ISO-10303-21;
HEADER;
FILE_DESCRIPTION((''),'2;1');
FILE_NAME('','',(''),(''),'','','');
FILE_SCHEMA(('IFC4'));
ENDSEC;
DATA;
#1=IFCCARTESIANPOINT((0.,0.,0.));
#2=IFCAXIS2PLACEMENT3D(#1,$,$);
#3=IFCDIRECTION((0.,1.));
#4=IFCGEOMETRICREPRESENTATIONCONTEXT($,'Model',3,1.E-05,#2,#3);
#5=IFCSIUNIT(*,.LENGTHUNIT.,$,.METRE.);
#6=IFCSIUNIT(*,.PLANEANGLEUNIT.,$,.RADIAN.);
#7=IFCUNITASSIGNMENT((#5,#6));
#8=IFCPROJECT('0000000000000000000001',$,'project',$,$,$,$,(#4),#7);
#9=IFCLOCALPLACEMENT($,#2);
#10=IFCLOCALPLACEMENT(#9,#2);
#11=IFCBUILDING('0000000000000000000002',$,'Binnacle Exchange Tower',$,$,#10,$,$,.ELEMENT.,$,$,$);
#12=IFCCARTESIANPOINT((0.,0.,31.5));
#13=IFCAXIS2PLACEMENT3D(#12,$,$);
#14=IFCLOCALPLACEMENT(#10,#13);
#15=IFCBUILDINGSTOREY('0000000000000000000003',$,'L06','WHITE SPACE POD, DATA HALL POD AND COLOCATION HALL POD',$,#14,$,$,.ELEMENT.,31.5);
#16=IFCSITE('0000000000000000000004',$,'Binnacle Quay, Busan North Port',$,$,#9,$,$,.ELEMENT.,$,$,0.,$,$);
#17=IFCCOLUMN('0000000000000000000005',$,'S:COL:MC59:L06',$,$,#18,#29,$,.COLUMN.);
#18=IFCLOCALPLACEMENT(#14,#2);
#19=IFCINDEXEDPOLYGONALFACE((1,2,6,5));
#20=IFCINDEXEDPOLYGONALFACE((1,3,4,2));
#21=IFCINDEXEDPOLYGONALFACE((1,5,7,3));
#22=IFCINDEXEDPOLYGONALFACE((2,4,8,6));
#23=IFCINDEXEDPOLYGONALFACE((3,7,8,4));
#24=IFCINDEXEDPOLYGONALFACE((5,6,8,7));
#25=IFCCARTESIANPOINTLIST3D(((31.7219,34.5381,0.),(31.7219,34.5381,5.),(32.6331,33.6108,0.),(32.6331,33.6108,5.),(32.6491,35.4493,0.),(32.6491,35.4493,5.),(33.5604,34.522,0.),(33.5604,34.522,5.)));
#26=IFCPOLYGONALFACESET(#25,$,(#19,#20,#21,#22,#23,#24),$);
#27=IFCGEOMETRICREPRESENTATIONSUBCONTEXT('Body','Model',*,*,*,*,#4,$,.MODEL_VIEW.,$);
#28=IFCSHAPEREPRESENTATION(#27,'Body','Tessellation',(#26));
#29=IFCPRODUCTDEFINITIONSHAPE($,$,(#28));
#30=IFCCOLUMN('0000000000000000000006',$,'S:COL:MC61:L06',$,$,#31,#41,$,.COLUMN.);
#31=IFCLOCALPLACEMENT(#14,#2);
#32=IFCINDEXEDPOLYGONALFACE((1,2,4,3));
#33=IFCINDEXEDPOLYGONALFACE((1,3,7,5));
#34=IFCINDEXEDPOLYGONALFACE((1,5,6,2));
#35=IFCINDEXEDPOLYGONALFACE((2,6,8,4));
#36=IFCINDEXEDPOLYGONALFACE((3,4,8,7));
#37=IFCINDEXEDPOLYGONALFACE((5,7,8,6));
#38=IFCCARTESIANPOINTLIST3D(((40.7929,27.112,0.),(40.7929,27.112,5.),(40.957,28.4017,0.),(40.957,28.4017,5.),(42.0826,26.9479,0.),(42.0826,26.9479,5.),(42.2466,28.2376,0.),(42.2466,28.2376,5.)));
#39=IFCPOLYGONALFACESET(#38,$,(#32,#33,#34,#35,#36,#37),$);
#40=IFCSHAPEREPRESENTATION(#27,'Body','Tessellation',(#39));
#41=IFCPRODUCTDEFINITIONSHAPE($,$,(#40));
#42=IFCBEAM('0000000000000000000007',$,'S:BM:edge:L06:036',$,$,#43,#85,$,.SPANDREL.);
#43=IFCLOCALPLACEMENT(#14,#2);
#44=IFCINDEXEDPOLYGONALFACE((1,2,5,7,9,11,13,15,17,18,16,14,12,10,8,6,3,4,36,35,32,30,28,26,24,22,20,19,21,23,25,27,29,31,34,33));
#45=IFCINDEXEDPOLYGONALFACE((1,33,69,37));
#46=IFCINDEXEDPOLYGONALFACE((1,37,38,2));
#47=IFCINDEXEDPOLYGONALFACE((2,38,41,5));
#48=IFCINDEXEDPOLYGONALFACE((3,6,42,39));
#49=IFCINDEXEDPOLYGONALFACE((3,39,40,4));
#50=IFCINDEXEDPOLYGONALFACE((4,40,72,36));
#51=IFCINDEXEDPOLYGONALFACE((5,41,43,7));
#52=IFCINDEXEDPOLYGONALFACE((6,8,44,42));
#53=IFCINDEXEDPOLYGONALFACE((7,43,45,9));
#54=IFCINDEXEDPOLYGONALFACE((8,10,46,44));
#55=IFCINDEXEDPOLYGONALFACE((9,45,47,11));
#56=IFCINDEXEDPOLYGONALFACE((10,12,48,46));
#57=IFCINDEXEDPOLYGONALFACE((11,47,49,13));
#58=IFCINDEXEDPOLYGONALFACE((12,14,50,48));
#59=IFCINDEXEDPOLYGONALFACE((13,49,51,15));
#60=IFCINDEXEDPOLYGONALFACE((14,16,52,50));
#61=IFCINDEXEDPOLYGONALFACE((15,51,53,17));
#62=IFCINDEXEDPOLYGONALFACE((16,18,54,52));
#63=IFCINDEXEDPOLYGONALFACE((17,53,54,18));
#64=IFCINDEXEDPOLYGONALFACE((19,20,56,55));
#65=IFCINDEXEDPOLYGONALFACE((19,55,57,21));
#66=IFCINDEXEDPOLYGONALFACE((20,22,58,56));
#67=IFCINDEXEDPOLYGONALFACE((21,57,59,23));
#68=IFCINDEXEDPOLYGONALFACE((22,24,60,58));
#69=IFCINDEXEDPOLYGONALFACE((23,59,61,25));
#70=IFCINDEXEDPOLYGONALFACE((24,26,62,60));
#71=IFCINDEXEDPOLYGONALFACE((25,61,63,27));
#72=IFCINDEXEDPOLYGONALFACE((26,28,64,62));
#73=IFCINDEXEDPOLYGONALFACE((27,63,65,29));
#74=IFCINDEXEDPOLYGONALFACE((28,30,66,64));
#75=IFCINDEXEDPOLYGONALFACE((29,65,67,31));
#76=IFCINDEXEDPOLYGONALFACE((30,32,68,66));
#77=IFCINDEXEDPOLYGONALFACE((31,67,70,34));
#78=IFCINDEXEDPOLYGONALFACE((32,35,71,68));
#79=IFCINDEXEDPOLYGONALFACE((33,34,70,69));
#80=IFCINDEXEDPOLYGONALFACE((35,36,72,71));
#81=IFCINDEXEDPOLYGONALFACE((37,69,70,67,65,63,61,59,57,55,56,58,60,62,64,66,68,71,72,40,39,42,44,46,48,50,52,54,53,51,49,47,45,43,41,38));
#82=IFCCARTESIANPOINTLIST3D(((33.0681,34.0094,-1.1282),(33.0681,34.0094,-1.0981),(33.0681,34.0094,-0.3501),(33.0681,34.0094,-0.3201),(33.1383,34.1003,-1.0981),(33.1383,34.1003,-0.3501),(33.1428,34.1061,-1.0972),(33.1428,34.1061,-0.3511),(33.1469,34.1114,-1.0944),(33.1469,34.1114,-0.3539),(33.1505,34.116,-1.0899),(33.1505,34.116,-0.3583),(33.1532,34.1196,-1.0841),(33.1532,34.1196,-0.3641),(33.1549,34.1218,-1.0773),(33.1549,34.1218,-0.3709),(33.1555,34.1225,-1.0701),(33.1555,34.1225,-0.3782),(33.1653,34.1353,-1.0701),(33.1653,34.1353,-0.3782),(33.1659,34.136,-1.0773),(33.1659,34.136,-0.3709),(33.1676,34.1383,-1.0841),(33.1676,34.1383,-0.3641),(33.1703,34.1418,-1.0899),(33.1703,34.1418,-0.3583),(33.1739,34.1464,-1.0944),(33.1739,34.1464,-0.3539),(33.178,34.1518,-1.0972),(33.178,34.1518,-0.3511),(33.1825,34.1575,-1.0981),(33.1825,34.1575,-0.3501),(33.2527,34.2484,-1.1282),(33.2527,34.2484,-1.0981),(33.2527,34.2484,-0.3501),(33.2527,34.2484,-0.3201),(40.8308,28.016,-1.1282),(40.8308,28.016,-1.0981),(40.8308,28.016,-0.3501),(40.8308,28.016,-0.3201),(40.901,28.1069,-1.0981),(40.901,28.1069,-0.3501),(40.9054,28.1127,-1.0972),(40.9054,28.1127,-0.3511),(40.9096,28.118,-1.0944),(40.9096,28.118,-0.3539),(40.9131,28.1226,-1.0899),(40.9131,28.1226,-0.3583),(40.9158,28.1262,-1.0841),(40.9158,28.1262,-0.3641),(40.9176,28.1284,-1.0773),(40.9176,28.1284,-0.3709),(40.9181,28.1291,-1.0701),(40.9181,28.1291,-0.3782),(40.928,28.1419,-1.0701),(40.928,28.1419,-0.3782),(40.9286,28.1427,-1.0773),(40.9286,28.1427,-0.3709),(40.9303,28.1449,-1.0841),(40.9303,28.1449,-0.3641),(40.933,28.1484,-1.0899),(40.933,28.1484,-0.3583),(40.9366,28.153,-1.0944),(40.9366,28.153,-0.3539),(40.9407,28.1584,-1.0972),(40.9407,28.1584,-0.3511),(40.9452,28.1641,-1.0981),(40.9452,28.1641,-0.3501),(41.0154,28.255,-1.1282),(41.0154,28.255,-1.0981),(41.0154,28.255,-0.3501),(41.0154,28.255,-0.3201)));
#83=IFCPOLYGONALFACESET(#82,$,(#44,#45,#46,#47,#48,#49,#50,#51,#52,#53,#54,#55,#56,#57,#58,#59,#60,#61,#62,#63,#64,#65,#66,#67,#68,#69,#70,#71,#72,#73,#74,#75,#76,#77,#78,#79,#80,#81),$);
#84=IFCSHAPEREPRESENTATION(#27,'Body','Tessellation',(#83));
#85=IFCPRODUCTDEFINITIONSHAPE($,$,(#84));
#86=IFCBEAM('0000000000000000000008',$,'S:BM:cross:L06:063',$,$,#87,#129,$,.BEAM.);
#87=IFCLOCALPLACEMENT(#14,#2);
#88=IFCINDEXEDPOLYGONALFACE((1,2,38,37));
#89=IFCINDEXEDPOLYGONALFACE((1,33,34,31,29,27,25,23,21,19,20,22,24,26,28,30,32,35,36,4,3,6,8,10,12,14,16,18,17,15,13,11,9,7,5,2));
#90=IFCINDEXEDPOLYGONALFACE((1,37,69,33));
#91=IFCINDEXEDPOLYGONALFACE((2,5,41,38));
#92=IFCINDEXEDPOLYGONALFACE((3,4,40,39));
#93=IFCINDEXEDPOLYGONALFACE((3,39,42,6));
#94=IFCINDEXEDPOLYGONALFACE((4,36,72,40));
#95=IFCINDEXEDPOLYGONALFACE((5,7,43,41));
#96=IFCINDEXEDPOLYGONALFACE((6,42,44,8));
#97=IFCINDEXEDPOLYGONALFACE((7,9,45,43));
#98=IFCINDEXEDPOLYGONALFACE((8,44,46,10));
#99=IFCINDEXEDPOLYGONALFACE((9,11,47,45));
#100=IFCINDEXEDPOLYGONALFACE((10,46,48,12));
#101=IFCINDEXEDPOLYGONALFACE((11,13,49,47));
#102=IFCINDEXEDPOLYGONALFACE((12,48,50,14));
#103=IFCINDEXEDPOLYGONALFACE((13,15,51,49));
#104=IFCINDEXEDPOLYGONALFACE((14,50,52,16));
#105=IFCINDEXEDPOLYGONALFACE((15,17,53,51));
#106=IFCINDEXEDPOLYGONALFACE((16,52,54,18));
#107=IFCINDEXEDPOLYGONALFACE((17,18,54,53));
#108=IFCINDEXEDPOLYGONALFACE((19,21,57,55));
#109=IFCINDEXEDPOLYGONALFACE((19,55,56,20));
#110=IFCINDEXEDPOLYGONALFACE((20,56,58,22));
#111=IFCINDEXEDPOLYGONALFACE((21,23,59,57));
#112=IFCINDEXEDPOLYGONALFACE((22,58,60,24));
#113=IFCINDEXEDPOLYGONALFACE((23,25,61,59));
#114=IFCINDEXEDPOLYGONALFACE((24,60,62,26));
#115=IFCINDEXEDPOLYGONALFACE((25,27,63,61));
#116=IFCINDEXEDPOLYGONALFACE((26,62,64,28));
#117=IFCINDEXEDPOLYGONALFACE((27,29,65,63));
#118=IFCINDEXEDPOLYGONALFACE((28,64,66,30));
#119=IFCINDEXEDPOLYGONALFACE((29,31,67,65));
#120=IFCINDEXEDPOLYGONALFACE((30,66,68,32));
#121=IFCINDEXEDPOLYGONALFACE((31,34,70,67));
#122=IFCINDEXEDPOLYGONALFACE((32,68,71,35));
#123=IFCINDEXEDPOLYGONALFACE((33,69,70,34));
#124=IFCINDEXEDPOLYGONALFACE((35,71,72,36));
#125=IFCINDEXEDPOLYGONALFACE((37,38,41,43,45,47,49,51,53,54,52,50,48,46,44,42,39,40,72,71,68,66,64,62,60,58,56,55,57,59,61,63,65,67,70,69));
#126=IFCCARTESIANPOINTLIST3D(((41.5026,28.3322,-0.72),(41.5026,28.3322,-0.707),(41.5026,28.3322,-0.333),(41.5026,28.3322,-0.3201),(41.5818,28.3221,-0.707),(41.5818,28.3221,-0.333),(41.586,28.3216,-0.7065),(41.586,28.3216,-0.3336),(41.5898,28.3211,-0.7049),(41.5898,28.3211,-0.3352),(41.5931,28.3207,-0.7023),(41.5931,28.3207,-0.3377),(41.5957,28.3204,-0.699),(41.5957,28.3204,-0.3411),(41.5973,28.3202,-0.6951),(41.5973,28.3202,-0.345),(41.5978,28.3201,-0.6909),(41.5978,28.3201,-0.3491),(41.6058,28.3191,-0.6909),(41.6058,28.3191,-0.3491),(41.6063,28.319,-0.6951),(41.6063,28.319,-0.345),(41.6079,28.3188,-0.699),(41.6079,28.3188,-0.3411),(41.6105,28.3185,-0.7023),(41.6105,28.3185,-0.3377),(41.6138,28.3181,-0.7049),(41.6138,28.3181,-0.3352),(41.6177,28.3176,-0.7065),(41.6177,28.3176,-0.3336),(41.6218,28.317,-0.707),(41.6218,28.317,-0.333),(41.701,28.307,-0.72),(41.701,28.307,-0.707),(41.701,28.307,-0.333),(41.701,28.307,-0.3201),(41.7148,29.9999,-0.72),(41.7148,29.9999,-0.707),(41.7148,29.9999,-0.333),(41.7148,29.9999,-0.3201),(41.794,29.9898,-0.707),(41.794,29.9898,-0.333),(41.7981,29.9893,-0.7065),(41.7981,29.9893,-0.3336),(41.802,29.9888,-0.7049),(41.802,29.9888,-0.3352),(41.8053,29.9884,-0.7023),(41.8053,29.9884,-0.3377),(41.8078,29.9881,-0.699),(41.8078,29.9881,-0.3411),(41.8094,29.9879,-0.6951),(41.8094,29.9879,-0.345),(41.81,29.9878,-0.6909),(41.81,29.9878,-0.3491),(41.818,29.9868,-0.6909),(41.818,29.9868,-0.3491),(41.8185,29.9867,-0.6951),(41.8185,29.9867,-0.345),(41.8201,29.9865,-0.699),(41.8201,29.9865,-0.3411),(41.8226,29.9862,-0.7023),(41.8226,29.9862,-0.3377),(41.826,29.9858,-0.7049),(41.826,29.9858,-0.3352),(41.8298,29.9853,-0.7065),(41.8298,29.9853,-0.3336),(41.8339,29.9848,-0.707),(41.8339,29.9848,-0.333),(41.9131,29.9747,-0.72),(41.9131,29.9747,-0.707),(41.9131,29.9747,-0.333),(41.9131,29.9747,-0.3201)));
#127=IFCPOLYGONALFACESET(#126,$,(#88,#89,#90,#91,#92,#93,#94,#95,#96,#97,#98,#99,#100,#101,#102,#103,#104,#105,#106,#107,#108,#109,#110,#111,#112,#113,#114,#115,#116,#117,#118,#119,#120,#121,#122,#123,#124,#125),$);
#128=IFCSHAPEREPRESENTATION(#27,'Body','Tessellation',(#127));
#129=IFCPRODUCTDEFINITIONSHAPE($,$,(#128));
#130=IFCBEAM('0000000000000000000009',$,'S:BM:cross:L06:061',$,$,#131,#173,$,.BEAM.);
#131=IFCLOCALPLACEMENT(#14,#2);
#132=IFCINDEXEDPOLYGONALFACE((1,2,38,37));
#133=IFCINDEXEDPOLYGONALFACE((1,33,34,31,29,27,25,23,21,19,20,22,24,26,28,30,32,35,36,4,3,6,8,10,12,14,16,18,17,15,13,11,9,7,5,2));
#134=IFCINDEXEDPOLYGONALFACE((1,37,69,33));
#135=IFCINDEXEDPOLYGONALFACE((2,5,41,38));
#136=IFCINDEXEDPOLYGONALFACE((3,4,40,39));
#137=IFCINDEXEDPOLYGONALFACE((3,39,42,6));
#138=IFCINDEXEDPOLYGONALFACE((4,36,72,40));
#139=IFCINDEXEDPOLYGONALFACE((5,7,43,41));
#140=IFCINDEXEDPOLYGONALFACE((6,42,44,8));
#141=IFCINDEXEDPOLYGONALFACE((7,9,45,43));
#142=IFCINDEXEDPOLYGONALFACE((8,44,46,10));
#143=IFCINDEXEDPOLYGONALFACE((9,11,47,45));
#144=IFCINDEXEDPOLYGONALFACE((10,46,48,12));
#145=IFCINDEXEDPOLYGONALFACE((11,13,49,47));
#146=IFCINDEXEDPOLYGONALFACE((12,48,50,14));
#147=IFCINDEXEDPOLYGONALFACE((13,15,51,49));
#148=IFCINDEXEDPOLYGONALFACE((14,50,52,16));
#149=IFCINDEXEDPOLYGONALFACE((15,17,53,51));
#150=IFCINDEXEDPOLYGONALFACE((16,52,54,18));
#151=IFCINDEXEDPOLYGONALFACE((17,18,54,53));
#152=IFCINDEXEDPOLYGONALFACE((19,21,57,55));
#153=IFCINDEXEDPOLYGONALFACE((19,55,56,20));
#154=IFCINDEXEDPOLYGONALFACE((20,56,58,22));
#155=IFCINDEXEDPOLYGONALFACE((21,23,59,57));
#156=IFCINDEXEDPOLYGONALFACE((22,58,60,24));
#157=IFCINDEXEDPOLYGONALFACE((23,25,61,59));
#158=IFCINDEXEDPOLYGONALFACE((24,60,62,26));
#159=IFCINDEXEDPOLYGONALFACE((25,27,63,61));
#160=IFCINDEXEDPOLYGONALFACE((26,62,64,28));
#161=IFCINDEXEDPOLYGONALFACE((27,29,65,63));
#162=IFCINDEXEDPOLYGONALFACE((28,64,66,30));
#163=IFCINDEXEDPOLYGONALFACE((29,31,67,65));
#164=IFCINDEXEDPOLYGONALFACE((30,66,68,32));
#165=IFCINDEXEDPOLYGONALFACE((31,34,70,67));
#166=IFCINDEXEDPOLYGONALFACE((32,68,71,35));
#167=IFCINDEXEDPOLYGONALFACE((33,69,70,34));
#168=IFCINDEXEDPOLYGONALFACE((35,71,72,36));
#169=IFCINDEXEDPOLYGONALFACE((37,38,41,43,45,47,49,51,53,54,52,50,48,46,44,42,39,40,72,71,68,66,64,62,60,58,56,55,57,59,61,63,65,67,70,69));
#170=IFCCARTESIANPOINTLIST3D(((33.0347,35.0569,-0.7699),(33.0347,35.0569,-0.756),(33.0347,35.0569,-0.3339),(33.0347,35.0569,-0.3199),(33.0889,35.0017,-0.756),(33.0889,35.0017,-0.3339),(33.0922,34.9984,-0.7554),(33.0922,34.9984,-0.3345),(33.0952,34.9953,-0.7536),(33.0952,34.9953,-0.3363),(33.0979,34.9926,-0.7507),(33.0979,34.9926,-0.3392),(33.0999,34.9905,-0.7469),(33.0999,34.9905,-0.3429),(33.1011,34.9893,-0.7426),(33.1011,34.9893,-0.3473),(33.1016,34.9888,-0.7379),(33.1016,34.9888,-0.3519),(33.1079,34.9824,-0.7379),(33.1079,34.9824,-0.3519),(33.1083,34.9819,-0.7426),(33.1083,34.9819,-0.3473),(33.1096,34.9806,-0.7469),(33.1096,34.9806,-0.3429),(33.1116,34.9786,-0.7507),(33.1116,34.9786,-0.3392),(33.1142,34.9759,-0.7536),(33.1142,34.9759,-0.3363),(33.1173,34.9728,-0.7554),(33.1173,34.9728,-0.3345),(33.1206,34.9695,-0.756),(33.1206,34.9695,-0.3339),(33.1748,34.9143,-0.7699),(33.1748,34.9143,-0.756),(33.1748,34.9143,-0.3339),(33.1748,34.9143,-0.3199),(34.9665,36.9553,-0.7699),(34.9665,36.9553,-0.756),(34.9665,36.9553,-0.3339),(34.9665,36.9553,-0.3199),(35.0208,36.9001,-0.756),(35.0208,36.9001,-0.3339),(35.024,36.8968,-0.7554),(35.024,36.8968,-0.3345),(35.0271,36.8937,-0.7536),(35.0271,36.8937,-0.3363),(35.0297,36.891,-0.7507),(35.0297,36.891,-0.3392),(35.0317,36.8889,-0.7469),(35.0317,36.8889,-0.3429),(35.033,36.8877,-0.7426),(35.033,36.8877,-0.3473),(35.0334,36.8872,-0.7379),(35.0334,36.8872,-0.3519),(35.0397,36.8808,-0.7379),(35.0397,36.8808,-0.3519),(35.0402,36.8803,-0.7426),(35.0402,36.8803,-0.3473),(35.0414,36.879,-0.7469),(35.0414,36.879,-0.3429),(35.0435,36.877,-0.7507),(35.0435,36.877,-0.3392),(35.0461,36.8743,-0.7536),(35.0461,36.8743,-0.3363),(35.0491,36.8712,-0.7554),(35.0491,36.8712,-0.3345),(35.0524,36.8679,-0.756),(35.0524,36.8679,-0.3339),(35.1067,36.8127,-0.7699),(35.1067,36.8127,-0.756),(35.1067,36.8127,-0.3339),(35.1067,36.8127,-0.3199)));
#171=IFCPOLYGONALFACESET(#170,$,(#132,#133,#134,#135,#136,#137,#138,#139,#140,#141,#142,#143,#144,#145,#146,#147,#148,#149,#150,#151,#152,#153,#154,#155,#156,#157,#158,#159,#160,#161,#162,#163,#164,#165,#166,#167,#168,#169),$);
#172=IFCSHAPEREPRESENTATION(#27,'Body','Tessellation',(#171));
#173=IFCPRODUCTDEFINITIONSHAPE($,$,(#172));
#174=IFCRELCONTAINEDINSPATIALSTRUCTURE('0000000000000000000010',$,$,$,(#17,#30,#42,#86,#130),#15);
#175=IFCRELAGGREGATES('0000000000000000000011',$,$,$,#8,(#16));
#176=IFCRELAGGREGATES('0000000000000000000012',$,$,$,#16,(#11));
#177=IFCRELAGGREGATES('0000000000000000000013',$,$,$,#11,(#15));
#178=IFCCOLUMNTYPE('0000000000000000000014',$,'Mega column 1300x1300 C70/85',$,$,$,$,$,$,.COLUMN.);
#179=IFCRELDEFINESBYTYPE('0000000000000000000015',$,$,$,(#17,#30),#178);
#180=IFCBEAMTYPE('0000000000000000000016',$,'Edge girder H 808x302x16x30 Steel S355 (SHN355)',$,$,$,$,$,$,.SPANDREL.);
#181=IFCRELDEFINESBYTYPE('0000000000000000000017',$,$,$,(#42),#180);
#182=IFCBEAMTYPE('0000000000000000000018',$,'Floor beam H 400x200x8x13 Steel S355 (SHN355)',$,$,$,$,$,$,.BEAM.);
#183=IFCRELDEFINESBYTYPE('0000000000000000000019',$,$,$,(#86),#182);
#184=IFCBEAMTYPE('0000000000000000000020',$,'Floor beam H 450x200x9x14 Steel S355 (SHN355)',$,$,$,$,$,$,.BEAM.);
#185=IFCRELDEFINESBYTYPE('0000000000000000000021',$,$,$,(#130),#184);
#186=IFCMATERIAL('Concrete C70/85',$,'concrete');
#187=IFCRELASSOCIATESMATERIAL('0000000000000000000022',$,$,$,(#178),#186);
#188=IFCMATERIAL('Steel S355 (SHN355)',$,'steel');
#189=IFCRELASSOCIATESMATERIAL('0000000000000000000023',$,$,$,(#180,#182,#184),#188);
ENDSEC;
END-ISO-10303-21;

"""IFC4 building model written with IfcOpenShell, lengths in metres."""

from ifc_helpers import new_model, si_unit, direction, frame, origin, origin_2d, place, context, subcontext, project, spatial, rectangle, i_section, extrude, material, material_profile, profile_set, type_object, element, save


model = new_model("IFC4")

# Units and contexts
model_context = context("Model", 3, precision=1e-05, world=origin(), true_north=direction((0.0, 1.0)))
body_context = subcontext(model_context, "Body", "Model", "MODEL_VIEW")
ifc_project = project(units=[si_unit("LENGTHUNIT", "METRE"), si_unit("PLANEANGLEUNIT", "RADIAN")], contexts=[model_context])

# Site, building, storey
site_placement = place(None, origin())
site = spatial("IfcSite", under=ifc_project, at=site_placement, Name="Binnacle Quay, Busan North Port", CompositionType="ELEMENT", RefElevation=0.0)
building_placement = place(site_placement, origin())
building = spatial("IfcBuilding", under=site, at=building_placement, Name="Binnacle Exchange Tower", CompositionType="ELEMENT")
storey_placement = place(building_placement, frame((0.0, 0.0, 31.5)))
storey = spatial("IfcBuildingStorey", under=building, at=storey_placement, Name="L06", Description="WHITE SPACE POD, DATA HALL POD AND COLOCATION HALL POD", CompositionType="ELEMENT", Elevation=31.5)

# Columns
ifc_material_1 = material(Name="Concrete C70/85", Category="concrete")
ifc_material_profile_1 = material_profile(ifc_material_1, rectangle(XDim=1.3, YDim=1.3, at=origin_2d()), Name="Mega column 1300x1300 C70/85")
ifc_profile_set_1 = profile_set([ifc_material_profile_1], Name="Concrete C70/85")
column_type = type_object("IfcColumnType", Name="Mega column 1300x1300 C70/85", PredefinedType="COLUMN", material=ifc_profile_set_1)
for number, where, z_axis, x_axis, name in (
    (1, (32.6411, 34.53, 0.0), (0.0, 0.0, 1.0), (0.700909, -0.71325, 0.0), "S:COL:MC59:L06"),
    (2, (41.5198, 27.6748, 0.0), (0.0, 0.0, 1.0), (0.992005, -0.126199, 0.0), "S:COL:MC61:L06"),
):
    element("IfcColumn", number, at=place(storey_placement, frame(where, z_axis=z_axis, x_axis=x_axis)), inside=storey, type_object=column_type, Name=name, PredefinedType="COLUMN", context=body_context, shape_type="SweptSolid", body=[
        extrude(rectangle(XDim=1.3, YDim=1.3, at=origin_2d()), origin(), (0.0, 0.0, 1.0), 5.0),
    ])

# Beams
ifc_material_2 = material(Name="Steel S355 (SHN355)", Category="steel")
ifc_material_profile_2 = material_profile(ifc_material_2, i_section(OverallWidth=0.302, OverallDepth=0.8081, WebThickness=0.0161, FlangeThickness=0.03, FilletRadius=0.0281, at=origin_2d()), Name="H 808x302x16x30")
ifc_profile_set_2 = profile_set([ifc_material_profile_2], Name="Steel S355 (SHN355)")
beam_type_1 = type_object("IfcBeamType", Name="Edge girder H 808x302x16x30 Steel S355 (SHN355)", PredefinedType="SPANDREL", material=ifc_profile_set_2)
beam_1_placement = place(storey_placement, frame((33.1604, 34.1289, -0.7241), z_axis=(0.791533, -0.611126, 0.0), x_axis=(0.611126, 0.791533, 0.0)))
element("IfcBeam", 3, at=beam_1_placement, inside=storey, type_object=beam_type_1, Name="S:BM:edge:L06:036", PredefinedType="SPANDREL", context=body_context, shape_type="SweptSolid", body=[
    extrude(i_section(OverallWidth=0.302, OverallDepth=0.8081, WebThickness=0.0161, FlangeThickness=0.03, FilletRadius=0.0281, at=origin_2d()), origin(), (0.0, 0.0, 1.0), 9.8071),
])
ifc_material_profile_3 = material_profile(ifc_material_2, i_section(OverallWidth=0.2, OverallDepth=0.3999, WebThickness=0.0081, FlangeThickness=0.0129, FilletRadius=0.0161, at=origin_2d()), Name="H 400x200x8x13")
ifc_profile_set_3 = profile_set([ifc_material_profile_3], Name="Steel S355 (SHN355)")
beam_type_2 = type_object("IfcBeamType", Name="Floor beam H 400x200x8x13 Steel S355 (SHN355)", PredefinedType="BEAM", material=ifc_profile_set_3)
beam_2_placement = place(storey_placement, frame((41.6018, 28.3196, -0.52), z_axis=(0.126197, 0.992005, 0.0), x_axis=(-0.992005, 0.126197, 0.0)))
element("IfcBeam", 4, at=beam_2_placement, inside=storey, type_object=beam_type_2, Name="S:BM:cross:L06:063", PredefinedType="BEAM", context=body_context, shape_type="SweptSolid", body=[
    extrude(i_section(OverallWidth=0.2, OverallDepth=0.3999, WebThickness=0.0081, FlangeThickness=0.0129, FilletRadius=0.0161, at=origin_2d()), origin(), (0.0, 0.0, 1.0), 1.6812),
])
ifc_material_profile_4 = material_profile(ifc_material_2, i_section(OverallWidth=0.2, OverallDepth=0.45, WebThickness=0.009, FlangeThickness=0.0139, FilletRadius=0.0181, at=origin_2d()), Name="H 450x200x9x14")
ifc_profile_set_4 = profile_set([ifc_material_profile_4], Name="Steel S355 (SHN355)")
beam_type_3 = type_object("IfcBeamType", Name="Floor beam H 450x200x9x14 Steel S355 (SHN355)", PredefinedType="BEAM", material=ifc_profile_set_4)
beam_3_placement = place(storey_placement, frame((33.1047, 34.9856, -0.5449), z_axis=(0.713254, 0.700905, 0.0), x_axis=(-0.700905, 0.713254, 0.0)))
element("IfcBeam", 5, at=beam_3_placement, inside=storey, type_object=beam_type_3, Name="S:BM:cross:L06:061", PredefinedType="BEAM", context=body_context, shape_type="SweptSolid", body=[
    extrude(i_section(OverallWidth=0.2, OverallDepth=0.45, WebThickness=0.009, FlangeThickness=0.0139, FilletRadius=0.0181, at=origin_2d()), origin(), (0.0, 0.0, 1.0), 2.7085),
])

save(model, "model.ifc")
